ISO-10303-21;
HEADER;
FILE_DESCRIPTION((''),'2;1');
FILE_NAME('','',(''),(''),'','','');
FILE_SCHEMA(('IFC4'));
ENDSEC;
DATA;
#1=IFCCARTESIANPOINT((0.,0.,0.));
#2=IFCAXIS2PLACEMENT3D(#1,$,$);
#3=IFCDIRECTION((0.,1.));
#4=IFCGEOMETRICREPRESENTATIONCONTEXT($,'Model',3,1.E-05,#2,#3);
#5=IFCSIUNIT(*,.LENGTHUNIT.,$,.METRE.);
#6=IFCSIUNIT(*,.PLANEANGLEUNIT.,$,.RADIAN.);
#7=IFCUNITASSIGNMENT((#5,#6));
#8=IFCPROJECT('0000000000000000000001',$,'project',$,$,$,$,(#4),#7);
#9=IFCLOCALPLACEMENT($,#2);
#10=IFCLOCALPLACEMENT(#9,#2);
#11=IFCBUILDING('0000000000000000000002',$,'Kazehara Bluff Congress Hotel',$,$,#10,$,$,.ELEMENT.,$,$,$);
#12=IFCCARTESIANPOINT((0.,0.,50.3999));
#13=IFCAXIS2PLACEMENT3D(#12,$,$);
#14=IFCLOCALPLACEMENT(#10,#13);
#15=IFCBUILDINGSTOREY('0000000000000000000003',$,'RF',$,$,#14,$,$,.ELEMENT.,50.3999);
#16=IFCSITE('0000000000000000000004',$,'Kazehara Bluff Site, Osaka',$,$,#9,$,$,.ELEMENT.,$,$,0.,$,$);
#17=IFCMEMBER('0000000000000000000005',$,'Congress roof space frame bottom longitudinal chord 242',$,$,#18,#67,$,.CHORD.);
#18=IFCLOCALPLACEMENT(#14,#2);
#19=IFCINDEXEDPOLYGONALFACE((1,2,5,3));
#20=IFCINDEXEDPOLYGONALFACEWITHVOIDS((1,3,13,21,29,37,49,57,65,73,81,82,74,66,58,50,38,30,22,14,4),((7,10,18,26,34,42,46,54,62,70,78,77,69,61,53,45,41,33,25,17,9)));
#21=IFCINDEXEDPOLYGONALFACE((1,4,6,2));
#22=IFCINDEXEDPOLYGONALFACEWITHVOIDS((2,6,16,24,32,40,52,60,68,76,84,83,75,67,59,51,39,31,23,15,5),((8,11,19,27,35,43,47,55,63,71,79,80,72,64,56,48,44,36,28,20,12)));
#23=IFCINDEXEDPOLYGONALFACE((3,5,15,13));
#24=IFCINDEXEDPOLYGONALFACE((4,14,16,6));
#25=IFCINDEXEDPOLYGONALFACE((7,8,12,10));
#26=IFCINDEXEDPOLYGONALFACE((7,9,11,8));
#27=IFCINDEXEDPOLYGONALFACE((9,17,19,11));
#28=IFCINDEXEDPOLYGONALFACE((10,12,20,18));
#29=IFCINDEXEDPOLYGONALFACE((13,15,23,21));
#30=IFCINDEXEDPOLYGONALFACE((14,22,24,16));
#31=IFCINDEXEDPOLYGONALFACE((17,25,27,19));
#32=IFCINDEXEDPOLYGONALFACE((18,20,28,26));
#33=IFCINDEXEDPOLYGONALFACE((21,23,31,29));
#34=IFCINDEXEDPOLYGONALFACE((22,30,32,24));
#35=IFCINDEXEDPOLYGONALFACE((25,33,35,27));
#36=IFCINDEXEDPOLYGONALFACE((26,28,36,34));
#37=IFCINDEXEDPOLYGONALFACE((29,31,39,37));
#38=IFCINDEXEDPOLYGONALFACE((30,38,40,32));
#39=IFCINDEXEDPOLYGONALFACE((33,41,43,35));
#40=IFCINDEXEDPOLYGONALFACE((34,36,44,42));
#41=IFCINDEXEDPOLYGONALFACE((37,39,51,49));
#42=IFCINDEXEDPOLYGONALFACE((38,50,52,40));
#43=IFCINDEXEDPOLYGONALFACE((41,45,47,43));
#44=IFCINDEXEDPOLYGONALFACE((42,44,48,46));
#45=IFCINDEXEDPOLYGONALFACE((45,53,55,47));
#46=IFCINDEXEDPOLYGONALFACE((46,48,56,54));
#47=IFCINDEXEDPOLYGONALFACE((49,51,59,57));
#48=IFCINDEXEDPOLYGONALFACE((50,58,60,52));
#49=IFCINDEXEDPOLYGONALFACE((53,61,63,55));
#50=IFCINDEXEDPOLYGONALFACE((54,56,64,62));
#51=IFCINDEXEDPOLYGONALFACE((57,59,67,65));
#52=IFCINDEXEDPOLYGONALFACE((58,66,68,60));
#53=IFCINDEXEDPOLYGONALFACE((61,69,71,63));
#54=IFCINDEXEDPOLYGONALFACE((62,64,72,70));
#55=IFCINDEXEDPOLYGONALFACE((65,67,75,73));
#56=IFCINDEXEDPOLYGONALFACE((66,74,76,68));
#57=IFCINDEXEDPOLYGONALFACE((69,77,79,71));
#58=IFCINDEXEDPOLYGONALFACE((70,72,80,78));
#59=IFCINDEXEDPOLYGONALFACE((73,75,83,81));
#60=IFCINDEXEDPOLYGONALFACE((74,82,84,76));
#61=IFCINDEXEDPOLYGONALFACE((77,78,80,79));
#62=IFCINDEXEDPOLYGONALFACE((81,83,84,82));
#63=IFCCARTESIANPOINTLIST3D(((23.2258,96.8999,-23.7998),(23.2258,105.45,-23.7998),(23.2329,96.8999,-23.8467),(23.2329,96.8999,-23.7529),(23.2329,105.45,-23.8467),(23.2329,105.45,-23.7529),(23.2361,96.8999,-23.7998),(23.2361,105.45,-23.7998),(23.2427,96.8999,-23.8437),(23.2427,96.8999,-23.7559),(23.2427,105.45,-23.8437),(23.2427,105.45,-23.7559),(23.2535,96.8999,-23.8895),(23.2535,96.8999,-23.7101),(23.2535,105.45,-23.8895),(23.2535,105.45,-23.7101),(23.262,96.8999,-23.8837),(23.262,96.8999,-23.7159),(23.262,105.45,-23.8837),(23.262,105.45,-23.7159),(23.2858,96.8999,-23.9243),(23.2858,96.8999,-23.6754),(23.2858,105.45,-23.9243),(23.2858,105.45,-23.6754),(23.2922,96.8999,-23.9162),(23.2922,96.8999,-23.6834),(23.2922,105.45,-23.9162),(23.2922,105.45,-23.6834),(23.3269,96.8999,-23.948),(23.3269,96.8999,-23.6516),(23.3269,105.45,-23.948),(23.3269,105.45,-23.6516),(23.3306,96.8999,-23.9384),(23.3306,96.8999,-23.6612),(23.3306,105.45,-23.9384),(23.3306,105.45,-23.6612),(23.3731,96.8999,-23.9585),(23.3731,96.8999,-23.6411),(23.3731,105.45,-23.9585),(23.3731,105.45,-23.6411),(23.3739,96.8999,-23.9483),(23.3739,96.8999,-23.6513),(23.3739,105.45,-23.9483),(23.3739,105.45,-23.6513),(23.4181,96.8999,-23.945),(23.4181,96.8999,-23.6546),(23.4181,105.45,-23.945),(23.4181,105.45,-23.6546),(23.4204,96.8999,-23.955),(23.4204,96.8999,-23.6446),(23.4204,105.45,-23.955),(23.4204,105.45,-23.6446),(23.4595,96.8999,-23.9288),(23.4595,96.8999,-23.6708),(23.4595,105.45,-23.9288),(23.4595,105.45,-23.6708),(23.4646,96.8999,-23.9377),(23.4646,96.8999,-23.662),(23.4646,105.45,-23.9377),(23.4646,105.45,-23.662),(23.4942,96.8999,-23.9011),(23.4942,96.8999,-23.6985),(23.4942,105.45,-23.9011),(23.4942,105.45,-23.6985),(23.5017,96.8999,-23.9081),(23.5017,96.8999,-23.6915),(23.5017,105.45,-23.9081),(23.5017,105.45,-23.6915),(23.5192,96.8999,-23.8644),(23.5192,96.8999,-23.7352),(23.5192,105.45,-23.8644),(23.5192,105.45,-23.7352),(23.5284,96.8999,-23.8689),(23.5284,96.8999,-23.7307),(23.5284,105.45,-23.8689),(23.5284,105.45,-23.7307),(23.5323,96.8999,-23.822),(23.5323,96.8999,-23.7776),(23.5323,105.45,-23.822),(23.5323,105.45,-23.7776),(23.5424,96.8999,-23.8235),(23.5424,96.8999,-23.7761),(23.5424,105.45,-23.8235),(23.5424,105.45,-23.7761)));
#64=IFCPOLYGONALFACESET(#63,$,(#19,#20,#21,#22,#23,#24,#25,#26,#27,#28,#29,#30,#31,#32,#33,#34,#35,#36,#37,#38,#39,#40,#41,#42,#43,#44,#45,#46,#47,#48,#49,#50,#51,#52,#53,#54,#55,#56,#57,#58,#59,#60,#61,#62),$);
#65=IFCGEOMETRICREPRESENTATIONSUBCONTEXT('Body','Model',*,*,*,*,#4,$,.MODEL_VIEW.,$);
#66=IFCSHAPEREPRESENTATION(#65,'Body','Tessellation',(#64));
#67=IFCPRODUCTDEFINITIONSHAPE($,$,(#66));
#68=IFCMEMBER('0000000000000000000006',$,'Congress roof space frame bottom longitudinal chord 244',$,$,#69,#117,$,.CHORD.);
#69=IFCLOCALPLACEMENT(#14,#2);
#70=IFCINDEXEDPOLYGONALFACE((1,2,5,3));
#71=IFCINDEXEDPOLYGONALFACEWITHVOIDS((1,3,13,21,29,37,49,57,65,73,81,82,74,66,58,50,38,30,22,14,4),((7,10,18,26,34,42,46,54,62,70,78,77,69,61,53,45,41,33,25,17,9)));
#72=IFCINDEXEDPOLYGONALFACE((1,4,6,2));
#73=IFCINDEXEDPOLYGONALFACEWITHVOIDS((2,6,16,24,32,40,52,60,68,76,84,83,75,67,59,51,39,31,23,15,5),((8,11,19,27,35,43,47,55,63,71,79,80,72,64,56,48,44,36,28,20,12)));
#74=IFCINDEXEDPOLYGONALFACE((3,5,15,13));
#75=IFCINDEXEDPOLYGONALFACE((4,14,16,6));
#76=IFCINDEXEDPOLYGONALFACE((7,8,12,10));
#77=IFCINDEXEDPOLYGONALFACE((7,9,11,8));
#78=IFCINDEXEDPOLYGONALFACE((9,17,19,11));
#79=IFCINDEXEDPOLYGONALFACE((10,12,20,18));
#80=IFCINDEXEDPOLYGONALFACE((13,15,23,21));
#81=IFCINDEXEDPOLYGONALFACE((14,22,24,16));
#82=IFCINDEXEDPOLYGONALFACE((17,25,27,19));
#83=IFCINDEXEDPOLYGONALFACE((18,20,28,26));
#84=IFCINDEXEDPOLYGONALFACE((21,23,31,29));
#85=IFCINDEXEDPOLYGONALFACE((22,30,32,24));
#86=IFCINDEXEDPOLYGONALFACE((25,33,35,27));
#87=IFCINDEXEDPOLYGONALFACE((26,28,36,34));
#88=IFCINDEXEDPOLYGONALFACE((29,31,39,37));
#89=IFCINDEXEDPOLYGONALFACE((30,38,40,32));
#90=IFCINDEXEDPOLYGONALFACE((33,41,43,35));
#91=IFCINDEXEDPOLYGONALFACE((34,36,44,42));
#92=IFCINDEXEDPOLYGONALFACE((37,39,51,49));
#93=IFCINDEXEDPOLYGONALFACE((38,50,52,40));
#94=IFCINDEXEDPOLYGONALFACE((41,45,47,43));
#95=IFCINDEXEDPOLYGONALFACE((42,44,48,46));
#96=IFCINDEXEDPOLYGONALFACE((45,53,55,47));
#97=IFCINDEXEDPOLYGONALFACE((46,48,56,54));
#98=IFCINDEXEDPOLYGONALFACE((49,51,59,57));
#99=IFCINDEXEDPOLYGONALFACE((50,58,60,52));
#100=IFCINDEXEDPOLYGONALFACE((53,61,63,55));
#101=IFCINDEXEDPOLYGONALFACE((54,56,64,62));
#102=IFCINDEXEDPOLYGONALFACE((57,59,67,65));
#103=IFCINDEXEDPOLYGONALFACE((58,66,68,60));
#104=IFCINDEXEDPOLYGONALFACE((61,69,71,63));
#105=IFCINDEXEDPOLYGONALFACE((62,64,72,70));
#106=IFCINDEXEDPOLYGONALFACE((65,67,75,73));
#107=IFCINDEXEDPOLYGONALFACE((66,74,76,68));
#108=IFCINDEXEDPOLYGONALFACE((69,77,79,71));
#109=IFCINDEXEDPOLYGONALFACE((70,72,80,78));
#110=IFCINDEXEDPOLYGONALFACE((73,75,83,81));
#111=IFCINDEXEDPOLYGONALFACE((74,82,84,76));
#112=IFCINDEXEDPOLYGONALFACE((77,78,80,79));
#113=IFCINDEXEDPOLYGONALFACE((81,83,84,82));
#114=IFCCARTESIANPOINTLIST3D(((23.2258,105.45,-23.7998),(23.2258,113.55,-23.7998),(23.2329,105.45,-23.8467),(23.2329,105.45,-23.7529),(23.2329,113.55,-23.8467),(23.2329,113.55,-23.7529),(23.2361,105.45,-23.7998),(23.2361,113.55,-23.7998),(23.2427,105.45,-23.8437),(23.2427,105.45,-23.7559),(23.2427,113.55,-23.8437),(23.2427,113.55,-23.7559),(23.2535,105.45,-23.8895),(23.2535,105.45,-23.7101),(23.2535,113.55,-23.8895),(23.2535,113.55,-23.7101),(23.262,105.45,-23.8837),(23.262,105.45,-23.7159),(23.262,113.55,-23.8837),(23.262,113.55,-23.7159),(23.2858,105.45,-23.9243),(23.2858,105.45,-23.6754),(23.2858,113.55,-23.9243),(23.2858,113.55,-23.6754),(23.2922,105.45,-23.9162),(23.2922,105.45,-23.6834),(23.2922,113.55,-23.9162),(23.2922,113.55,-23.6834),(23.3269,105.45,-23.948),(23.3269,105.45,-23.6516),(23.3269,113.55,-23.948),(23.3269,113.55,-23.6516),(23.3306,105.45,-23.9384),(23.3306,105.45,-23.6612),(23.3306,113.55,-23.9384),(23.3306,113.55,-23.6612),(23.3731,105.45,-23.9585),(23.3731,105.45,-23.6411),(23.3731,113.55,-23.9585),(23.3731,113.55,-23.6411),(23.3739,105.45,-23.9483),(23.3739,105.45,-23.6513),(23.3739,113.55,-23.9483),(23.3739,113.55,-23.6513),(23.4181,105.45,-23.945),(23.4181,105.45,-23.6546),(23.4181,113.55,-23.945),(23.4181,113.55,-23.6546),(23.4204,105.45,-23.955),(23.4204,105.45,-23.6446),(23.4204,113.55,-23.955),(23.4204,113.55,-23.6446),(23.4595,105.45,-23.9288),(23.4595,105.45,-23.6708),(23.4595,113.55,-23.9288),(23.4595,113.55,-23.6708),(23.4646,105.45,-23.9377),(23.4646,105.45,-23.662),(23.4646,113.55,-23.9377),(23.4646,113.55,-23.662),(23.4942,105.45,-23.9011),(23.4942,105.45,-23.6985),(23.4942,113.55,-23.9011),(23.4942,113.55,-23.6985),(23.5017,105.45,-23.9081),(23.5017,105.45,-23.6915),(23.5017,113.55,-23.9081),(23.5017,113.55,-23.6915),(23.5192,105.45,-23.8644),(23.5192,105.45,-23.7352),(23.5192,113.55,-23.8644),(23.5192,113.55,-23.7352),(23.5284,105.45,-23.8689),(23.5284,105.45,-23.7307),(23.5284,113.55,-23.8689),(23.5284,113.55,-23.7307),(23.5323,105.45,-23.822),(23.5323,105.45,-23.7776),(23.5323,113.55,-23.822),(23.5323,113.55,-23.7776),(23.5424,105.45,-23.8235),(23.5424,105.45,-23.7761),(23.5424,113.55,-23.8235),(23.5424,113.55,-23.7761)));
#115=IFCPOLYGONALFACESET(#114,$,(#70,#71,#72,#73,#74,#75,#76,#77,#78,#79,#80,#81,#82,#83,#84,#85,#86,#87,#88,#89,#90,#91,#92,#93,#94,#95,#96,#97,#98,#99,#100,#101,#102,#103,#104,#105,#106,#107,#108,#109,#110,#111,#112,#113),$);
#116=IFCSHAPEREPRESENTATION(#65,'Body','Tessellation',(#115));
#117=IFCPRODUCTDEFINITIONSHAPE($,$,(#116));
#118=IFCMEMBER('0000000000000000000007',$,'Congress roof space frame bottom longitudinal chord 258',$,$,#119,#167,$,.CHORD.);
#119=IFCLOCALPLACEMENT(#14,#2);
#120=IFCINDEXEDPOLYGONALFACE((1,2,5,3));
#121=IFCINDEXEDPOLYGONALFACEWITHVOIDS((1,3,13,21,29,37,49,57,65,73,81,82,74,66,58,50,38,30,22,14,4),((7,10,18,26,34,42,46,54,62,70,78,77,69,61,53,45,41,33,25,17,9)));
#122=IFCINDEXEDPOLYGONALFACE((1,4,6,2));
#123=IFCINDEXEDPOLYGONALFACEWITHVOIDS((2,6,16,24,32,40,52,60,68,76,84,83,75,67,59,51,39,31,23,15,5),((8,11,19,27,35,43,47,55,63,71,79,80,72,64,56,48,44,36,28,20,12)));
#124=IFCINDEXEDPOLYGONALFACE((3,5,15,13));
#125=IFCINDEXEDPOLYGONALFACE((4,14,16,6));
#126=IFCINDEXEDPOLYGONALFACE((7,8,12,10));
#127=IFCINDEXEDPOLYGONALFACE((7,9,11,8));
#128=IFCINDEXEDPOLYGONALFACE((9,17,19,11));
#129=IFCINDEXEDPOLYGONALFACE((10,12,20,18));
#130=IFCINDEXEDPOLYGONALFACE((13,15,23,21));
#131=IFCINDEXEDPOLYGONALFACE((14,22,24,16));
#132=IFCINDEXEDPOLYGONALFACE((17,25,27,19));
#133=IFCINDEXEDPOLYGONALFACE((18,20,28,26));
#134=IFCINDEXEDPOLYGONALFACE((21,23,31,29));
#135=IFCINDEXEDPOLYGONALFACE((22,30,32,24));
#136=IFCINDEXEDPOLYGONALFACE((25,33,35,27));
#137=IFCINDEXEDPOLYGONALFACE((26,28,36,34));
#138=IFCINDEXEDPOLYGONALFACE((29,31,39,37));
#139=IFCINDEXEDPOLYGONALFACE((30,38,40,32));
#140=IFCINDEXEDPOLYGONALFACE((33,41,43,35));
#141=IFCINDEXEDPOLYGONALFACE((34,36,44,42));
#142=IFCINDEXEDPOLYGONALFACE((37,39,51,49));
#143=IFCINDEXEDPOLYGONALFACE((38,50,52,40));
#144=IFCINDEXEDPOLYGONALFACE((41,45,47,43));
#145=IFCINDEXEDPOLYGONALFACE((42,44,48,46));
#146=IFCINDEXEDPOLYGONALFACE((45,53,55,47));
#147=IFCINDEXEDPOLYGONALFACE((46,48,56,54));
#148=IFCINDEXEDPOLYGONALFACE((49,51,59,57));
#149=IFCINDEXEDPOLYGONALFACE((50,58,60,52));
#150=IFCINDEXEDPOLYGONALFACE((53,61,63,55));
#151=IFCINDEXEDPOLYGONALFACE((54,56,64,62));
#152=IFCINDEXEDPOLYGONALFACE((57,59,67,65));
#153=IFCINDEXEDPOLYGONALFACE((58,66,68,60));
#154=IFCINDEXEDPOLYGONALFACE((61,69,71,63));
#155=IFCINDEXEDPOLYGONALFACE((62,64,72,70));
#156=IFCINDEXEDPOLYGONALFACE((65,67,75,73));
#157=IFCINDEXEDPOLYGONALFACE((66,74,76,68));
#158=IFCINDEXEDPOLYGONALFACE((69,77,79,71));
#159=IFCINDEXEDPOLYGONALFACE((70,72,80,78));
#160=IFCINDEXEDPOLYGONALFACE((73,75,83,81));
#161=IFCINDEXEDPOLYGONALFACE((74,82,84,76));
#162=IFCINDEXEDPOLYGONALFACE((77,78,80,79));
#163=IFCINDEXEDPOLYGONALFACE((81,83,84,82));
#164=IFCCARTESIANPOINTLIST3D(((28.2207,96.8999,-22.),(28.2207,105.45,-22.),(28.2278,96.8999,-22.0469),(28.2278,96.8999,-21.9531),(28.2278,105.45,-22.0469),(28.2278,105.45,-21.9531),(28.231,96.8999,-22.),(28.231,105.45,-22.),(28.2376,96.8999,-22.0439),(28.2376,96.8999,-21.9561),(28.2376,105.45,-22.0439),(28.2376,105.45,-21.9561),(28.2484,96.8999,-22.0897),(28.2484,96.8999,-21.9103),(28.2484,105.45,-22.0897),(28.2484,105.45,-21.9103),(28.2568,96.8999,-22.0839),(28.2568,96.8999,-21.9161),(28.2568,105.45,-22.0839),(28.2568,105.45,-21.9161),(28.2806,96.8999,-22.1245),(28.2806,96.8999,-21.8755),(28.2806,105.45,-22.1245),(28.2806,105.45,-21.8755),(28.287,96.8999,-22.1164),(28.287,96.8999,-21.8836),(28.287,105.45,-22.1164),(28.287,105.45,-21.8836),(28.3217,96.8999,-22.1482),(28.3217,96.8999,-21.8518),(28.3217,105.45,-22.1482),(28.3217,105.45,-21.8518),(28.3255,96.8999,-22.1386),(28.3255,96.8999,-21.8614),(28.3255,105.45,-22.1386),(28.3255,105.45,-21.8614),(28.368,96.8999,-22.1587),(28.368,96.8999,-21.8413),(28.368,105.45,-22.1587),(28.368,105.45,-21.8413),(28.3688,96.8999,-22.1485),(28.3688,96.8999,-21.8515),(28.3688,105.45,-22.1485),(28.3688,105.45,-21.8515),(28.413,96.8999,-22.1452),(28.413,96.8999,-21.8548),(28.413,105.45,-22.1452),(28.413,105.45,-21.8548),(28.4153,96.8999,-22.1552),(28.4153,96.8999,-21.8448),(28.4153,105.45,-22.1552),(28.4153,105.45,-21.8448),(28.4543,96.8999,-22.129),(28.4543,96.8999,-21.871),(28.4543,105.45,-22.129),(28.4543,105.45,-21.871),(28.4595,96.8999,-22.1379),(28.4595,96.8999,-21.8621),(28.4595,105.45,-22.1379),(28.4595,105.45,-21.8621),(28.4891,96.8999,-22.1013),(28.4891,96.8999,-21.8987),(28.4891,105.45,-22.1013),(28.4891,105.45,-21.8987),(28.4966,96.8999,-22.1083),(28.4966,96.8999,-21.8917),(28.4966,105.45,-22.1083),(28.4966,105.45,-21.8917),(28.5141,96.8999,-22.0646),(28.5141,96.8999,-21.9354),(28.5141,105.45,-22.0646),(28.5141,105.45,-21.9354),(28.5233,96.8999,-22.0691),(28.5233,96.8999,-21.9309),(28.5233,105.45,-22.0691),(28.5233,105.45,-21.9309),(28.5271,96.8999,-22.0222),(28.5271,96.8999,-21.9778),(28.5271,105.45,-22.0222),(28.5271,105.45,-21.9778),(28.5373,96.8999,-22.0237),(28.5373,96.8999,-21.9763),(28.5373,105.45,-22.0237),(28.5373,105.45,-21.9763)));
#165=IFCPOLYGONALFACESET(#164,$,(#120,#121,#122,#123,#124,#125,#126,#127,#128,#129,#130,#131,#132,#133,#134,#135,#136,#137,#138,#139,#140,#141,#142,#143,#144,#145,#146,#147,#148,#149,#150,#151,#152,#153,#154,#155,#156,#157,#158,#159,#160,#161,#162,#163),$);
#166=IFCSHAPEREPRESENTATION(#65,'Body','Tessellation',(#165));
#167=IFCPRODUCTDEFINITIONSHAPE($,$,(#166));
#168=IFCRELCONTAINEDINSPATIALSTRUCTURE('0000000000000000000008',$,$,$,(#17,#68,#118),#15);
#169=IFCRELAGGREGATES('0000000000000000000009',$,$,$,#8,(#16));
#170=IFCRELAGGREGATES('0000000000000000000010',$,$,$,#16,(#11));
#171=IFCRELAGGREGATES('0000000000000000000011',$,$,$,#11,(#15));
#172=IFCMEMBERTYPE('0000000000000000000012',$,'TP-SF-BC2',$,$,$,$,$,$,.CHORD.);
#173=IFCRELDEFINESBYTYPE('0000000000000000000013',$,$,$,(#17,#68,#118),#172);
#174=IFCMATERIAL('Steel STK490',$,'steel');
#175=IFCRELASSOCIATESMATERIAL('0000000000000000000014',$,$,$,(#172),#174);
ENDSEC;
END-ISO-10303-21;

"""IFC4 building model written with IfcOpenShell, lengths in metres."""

from ifc_helpers import new_model, si_unit, direction, frame, origin, origin_2d, place, context, subcontext, project, spatial, hollow_circle, extrude, material, material_profile, profile_set, type_object, element, save


model = new_model("IFC4")

# Units and contexts
model_context = context("Model", 3, precision=1e-05, world=origin(), true_north=direction((0.0, 1.0)))
body_context = subcontext(model_context, "Body", "Model", "MODEL_VIEW")
ifc_project = project(units=[si_unit("LENGTHUNIT", "METRE"), si_unit("PLANEANGLEUNIT", "RADIAN")], contexts=[model_context])

# Site, building, storey
site_placement = place(None, origin())
site = spatial("IfcSite", under=ifc_project, at=site_placement, Name="Kazehara Bluff Site, Osaka", CompositionType="ELEMENT", RefElevation=0.0)
building_placement = place(site_placement, origin())
building = spatial("IfcBuilding", under=site, at=building_placement, Name="Kazehara Bluff Congress Hotel", CompositionType="ELEMENT")
storey_placement = place(building_placement, frame((0.0, 0.0, 50.3999)))
storey = spatial("IfcBuildingStorey", under=building, at=storey_placement, Name="RF", CompositionType="ELEMENT", Elevation=50.3999)

# Members
ifc_material_1 = material(Name="Steel STK490", Category="steel")
ifc_material_profile_1 = material_profile(ifc_material_1, hollow_circle(Radius=0.1592, WallThickness=0.0103, at=origin_2d()))
ifc_profile_set_1 = profile_set([ifc_material_profile_1], Name="Steel STK490")
member_type_1 = type_object("IfcMemberType", Name="TP-SF-BC2", PredefinedType="CHORD", material=ifc_profile_set_1)
member_1_placement = place(storey_placement, frame((23.385, 96.8999, -23.7998), z_axis=(0.0, 1.0, 0.0), x_axis=(-1.0, 0.0, 0.0)))
element("IfcMember", 1, at=member_1_placement, inside=storey, type_object=member_type_1, Name="Congress roof space frame bottom longitudinal chord 242", PredefinedType="CHORD", context=body_context, shape_type="SweptSolid", body=[
    extrude(hollow_circle(Radius=0.1592, WallThickness=0.0103, at=origin_2d()), origin(), (0.0, 0.0, 1.0), 8.55),
])
member_2_placement = place(storey_placement, frame((23.385, 105.45, -23.7998), z_axis=(0.0, 1.0, 0.0), x_axis=(-1.0, 0.0, 0.0)))
element("IfcMember", 2, at=member_2_placement, inside=storey, type_object=member_type_1, Name="Congress roof space frame bottom longitudinal chord 244", PredefinedType="CHORD", context=body_context, shape_type="SweptSolid", body=[
    extrude(hollow_circle(Radius=0.1592, WallThickness=0.0103, at=origin_2d()), origin(), (0.0, 0.0, 1.0), 8.1001),
])
member_3_placement = place(storey_placement, frame((28.3799, 96.8999, -22.0), z_axis=(0.0, 1.0, 0.0), x_axis=(-1.0, 0.0, 0.0)))
element("IfcMember", 3, at=member_3_placement, inside=storey, type_object=member_type_1, Name="Congress roof space frame bottom longitudinal chord 258", PredefinedType="CHORD", context=body_context, shape_type="SweptSolid", body=[
    extrude(hollow_circle(Radius=0.1592, WallThickness=0.0103, at=origin_2d()), origin(), (0.0, 0.0, 1.0), 8.55),
])

save(model, "model.ifc")
